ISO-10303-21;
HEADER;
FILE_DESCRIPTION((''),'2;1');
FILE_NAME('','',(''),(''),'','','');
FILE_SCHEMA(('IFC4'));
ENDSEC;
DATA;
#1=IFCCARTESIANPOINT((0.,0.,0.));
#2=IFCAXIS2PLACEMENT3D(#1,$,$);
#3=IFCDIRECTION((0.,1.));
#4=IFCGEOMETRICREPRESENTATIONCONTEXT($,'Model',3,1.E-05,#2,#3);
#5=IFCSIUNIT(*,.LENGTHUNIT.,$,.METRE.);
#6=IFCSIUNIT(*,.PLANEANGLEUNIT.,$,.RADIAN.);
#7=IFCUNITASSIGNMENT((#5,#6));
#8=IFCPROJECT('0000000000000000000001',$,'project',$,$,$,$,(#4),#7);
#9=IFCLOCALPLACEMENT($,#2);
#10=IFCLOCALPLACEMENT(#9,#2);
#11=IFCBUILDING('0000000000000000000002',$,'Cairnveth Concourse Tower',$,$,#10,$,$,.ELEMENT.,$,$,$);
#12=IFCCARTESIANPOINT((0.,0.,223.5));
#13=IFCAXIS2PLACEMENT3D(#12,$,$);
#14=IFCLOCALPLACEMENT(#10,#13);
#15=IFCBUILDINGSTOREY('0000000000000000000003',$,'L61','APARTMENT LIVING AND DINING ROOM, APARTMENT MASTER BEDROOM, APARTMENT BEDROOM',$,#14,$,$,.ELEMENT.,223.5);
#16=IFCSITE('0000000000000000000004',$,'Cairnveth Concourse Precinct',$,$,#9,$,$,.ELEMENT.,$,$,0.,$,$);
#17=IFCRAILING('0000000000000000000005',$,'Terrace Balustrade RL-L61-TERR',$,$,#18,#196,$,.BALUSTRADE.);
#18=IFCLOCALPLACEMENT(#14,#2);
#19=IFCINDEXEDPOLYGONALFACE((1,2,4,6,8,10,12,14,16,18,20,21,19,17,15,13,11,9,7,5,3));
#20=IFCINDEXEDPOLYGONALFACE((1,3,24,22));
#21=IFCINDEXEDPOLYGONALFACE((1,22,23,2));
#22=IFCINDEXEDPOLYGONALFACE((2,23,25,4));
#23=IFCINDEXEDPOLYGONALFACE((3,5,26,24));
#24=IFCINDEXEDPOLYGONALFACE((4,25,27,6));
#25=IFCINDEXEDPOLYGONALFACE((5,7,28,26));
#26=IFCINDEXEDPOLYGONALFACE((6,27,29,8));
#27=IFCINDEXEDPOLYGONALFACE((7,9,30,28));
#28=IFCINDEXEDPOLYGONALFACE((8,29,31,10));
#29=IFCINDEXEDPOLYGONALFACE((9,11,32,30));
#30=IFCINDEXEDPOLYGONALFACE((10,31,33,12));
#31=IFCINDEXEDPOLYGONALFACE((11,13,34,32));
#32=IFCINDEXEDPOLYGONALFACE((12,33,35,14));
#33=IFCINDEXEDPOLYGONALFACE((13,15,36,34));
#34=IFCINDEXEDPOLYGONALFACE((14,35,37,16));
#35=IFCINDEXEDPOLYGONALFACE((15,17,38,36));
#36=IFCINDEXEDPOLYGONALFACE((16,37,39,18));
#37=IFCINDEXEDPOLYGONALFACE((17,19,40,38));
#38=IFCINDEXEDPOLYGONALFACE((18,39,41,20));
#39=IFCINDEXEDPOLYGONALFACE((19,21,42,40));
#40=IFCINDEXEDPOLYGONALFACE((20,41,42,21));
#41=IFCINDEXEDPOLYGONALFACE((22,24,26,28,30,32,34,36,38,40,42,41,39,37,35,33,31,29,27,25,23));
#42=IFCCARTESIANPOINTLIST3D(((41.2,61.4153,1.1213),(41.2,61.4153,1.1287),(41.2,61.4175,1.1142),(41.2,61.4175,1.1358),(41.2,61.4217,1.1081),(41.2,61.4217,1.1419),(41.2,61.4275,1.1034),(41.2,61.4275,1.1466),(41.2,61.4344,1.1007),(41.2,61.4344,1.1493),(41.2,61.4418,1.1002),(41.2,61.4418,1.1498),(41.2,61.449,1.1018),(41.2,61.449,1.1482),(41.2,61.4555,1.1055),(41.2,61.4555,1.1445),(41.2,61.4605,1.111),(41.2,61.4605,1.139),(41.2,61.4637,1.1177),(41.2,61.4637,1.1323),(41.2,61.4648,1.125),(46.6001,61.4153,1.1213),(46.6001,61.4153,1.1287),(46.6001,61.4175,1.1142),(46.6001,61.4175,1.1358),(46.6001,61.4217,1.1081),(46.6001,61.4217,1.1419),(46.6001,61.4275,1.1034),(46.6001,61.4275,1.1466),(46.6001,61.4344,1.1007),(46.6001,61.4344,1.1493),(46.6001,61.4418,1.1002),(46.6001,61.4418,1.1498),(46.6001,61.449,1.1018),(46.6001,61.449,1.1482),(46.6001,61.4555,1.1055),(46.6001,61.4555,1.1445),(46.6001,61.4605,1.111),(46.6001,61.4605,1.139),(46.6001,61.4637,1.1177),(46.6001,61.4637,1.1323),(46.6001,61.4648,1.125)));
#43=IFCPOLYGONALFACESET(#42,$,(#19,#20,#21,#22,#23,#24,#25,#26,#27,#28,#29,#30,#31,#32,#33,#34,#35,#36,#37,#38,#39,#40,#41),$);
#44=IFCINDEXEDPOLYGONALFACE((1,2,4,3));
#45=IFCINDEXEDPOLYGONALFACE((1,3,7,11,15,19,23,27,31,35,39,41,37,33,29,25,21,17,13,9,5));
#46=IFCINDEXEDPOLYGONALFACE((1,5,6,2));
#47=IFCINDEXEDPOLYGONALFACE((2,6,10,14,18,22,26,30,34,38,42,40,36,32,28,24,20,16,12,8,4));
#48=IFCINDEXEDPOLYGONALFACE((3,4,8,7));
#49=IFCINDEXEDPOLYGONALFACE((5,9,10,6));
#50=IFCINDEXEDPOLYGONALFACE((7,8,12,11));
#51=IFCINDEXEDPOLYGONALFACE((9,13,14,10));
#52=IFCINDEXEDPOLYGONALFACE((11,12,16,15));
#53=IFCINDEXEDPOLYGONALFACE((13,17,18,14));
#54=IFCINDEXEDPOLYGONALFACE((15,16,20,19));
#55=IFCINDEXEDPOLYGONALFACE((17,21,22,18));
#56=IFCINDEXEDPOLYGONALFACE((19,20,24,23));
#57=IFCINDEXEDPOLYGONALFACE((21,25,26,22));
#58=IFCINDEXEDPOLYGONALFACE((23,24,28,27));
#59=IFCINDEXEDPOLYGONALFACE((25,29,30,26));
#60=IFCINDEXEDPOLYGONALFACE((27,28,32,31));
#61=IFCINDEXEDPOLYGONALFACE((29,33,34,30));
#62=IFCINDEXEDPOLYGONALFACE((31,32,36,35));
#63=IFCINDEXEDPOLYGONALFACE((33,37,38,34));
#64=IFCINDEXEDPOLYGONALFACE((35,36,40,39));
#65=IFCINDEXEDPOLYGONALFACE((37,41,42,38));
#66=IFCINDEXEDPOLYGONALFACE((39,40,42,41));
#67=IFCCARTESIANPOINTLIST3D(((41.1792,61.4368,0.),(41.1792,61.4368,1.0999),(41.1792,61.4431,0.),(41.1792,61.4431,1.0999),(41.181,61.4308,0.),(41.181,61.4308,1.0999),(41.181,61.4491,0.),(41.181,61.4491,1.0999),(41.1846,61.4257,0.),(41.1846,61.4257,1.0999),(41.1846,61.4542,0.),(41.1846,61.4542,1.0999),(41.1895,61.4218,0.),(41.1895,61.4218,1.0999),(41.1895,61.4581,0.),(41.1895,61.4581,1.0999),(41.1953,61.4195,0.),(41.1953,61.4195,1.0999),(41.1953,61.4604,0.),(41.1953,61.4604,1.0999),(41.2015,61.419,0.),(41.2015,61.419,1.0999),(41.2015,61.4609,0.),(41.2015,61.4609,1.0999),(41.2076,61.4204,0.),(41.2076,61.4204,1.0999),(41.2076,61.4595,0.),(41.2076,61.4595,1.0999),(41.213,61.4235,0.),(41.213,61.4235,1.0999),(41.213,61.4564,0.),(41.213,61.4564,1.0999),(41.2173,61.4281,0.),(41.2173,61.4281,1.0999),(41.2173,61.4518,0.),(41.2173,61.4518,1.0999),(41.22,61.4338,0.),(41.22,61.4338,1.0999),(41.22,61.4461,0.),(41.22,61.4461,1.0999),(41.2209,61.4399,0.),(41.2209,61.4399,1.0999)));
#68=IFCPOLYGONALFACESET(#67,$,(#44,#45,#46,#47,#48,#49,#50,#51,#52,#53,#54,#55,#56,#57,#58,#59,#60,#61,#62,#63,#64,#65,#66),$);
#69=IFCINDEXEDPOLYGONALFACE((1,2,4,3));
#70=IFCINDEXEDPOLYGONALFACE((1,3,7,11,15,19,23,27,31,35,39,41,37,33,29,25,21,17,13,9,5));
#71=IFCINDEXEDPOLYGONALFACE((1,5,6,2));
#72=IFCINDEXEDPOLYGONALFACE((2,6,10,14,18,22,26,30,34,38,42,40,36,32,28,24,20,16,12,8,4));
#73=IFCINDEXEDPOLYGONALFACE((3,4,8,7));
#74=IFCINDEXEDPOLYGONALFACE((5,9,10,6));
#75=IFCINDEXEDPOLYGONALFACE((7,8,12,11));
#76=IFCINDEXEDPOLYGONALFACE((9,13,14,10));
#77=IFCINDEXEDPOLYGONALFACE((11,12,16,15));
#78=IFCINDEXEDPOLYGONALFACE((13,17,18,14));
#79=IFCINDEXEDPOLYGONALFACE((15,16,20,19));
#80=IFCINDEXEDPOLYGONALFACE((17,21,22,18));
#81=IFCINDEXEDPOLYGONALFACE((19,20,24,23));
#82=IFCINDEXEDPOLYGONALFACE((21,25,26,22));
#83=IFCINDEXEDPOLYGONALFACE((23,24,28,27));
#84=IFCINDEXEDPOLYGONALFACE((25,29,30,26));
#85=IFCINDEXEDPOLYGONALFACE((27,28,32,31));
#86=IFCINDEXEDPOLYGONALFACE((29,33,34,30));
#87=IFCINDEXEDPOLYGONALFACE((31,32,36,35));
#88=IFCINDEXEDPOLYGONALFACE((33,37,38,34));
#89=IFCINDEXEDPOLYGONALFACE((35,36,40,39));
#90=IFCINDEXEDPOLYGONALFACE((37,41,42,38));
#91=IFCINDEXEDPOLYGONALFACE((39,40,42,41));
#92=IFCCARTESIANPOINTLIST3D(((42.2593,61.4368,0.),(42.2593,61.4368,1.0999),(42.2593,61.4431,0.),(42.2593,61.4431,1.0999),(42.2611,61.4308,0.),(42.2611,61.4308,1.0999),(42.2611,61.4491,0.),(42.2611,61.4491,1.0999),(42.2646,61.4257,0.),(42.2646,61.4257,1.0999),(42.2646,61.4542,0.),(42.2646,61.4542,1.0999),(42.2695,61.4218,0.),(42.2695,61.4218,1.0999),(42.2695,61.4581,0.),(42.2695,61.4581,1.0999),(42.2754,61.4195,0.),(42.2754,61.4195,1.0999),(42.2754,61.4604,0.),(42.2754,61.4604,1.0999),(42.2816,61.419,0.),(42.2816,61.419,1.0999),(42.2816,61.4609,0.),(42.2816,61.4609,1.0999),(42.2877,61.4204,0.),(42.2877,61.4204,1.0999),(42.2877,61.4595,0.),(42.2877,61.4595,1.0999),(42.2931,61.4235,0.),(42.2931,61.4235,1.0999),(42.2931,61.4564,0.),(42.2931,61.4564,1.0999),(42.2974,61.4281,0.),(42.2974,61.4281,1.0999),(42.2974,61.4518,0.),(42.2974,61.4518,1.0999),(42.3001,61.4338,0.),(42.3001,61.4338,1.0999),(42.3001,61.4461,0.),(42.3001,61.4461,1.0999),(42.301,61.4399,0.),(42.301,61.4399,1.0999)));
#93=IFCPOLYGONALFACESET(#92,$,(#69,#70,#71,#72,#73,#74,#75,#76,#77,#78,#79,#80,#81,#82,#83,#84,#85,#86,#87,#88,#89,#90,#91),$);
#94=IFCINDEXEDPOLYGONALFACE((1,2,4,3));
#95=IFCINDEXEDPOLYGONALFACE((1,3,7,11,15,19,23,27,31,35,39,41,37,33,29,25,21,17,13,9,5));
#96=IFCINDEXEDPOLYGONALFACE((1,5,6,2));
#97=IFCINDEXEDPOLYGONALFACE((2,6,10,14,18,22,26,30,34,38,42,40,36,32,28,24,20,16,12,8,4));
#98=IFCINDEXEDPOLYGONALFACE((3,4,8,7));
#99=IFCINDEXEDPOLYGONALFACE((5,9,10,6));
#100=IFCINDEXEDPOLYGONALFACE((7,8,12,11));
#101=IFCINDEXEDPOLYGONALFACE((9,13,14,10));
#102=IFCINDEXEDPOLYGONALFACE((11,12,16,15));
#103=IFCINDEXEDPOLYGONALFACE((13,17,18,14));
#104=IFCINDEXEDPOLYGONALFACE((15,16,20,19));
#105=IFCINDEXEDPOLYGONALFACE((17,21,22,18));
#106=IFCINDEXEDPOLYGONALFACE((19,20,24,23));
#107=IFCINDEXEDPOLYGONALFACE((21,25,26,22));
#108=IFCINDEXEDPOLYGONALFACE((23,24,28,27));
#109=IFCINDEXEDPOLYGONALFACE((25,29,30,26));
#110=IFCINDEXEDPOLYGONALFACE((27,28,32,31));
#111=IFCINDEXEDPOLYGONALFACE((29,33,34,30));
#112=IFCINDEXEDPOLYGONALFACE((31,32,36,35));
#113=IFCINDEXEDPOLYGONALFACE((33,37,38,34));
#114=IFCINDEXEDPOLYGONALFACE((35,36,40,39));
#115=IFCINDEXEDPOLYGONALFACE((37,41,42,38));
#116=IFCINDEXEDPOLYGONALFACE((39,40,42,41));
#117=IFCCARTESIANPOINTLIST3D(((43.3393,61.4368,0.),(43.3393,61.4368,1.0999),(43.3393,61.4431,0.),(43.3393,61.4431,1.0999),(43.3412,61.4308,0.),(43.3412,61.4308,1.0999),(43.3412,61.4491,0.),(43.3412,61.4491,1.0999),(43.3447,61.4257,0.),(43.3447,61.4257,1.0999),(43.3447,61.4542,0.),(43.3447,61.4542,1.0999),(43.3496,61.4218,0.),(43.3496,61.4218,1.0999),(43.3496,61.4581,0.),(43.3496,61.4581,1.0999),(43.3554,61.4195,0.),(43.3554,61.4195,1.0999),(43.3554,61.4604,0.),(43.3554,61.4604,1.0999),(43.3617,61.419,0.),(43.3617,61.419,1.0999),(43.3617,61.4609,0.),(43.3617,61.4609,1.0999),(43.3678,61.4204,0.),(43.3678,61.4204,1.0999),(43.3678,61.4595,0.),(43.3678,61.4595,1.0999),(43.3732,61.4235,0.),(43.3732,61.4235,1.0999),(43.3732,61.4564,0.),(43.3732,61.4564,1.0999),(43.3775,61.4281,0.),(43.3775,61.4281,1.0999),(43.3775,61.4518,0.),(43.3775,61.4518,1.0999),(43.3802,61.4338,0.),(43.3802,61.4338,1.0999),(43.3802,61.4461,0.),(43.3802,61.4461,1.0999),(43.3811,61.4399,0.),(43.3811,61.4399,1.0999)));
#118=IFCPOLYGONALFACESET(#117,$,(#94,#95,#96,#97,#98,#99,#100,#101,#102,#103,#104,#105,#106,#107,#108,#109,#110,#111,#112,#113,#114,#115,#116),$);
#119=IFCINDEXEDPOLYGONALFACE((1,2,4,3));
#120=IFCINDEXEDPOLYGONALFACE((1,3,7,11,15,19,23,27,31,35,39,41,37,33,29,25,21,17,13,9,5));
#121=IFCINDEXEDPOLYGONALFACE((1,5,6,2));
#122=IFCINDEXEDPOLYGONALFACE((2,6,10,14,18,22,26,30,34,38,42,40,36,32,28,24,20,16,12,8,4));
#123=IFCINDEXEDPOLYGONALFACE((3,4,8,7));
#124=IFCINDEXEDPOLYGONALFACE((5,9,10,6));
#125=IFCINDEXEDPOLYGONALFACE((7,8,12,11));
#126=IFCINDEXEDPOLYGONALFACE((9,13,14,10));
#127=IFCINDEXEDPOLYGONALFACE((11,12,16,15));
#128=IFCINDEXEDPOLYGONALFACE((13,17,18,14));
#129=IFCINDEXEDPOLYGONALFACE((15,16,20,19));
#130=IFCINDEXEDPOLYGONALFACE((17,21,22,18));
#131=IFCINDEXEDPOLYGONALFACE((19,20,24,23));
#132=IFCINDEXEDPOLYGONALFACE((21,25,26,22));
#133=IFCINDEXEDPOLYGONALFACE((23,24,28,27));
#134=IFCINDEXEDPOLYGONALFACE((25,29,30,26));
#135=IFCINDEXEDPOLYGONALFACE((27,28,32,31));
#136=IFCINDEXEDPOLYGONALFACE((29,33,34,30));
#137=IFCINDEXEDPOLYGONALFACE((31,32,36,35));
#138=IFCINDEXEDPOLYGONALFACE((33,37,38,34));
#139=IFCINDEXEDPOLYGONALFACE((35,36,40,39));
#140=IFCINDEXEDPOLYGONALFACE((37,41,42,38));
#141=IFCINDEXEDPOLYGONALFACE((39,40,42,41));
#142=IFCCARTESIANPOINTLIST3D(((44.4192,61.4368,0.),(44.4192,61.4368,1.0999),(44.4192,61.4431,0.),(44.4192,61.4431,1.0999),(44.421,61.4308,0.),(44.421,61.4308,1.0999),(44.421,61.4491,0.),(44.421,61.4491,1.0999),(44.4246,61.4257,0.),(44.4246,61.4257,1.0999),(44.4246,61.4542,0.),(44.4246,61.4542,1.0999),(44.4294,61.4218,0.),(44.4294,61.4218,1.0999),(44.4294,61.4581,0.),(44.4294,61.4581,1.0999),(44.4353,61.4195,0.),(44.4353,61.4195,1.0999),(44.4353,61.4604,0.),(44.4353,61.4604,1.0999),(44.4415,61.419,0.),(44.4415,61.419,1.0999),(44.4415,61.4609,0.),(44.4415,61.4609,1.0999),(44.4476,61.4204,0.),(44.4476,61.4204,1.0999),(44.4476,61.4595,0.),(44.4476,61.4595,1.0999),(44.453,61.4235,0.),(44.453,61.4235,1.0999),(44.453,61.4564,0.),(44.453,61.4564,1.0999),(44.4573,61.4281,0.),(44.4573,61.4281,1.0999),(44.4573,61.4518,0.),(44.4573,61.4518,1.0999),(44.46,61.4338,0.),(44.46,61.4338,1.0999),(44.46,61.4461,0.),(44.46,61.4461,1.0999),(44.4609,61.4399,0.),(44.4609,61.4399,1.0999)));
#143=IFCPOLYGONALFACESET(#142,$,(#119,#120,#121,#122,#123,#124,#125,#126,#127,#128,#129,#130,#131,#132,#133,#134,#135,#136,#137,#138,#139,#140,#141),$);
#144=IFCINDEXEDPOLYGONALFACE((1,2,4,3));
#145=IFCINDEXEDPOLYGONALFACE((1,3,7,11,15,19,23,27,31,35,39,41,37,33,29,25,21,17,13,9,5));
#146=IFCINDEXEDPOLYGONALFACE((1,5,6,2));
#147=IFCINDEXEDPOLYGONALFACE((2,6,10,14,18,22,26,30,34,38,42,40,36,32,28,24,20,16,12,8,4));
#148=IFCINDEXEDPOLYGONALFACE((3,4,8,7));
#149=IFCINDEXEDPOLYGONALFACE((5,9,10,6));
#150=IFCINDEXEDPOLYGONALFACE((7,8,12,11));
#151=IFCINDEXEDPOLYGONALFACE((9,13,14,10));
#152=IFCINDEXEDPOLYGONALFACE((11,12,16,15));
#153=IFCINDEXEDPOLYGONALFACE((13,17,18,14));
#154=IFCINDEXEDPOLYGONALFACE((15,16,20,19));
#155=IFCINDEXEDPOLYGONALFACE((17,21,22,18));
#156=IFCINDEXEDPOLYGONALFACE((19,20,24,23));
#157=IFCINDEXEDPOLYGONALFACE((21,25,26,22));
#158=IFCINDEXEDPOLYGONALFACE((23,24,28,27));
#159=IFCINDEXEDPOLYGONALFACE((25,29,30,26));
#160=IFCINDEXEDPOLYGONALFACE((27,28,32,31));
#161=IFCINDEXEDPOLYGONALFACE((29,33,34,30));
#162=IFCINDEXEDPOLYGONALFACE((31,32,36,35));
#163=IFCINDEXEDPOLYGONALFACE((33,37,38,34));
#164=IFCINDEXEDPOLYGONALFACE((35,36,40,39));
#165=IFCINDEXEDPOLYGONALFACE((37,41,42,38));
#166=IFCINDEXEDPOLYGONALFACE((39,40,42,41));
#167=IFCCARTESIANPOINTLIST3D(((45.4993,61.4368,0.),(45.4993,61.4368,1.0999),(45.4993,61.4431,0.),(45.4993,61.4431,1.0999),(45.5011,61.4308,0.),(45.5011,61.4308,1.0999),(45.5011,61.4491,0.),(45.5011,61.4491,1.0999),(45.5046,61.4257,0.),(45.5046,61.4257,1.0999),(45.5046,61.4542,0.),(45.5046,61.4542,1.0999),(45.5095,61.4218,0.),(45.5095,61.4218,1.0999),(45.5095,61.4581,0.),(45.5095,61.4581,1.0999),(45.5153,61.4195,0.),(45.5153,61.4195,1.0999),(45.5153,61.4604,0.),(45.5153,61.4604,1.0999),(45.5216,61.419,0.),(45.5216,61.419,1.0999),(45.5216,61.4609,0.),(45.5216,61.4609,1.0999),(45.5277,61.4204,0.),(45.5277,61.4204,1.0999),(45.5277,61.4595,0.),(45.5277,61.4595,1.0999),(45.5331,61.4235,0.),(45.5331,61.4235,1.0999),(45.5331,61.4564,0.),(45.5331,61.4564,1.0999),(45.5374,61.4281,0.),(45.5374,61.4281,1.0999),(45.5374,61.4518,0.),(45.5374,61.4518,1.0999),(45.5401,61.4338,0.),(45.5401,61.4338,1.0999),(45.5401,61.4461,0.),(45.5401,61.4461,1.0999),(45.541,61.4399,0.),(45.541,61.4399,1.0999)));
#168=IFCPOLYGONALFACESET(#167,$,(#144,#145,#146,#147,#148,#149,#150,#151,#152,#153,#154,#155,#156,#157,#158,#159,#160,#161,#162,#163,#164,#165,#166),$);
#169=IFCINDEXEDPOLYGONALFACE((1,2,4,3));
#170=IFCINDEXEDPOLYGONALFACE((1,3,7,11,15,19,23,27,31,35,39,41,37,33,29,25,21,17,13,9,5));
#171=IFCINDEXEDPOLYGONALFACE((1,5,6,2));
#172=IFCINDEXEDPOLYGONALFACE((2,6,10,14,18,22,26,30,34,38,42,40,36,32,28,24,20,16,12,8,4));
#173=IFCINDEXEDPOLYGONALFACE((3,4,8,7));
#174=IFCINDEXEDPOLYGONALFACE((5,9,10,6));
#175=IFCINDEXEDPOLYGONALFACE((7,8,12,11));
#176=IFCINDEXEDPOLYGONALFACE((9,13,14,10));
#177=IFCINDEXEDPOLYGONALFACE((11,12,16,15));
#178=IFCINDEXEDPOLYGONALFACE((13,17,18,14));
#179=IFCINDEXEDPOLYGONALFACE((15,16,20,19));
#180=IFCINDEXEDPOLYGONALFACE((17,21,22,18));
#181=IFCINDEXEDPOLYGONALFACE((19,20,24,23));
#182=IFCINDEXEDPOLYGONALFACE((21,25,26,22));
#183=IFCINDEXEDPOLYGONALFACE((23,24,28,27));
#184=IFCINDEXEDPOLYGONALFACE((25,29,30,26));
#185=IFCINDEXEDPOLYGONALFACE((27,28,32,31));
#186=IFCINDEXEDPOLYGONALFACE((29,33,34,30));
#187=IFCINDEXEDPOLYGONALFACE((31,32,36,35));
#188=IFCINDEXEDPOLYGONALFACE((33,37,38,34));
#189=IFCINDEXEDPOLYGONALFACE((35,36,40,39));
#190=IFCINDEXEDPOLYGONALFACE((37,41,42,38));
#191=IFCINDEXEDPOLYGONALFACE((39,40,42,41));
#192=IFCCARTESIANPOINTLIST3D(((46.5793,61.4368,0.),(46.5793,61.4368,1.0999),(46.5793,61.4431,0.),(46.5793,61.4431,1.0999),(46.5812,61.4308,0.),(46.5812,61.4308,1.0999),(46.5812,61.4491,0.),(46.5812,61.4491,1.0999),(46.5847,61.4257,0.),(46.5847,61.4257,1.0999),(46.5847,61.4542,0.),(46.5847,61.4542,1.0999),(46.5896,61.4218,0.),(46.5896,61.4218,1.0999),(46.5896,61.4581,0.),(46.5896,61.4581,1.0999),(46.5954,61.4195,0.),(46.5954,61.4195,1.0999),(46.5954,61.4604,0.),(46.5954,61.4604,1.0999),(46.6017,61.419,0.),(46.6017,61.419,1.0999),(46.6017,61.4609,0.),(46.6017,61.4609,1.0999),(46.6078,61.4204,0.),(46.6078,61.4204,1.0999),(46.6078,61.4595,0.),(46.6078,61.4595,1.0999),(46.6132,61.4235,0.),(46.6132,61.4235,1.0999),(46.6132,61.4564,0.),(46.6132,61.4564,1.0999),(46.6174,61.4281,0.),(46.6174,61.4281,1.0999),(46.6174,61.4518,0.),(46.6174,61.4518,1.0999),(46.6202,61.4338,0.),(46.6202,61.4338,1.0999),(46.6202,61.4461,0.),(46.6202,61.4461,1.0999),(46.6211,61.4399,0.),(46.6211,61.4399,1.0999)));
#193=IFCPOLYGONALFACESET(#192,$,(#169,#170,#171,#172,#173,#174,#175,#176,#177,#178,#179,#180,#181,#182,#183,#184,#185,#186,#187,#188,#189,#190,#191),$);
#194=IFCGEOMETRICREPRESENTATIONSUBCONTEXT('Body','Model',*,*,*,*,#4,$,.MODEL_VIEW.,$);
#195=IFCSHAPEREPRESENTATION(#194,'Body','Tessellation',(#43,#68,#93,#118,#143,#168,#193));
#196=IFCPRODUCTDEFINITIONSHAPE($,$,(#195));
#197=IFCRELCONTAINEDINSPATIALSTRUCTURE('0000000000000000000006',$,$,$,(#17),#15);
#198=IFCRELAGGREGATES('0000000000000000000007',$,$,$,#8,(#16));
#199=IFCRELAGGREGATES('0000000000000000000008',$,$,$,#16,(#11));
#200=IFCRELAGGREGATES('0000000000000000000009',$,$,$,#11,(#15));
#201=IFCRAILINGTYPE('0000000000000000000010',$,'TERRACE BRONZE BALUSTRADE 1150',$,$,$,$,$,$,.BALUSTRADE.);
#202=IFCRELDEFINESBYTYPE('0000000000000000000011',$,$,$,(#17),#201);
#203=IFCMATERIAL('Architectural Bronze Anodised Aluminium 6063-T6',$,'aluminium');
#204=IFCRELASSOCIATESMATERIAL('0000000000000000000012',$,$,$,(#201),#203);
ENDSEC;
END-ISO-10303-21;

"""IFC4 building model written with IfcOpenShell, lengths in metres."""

from ifc_helpers import new_model, si_unit, direction, frame, origin, origin_2d, place, context, subcontext, project, spatial, circle, extrude, material, type_object, element, save


model = new_model("IFC4")

# Units and contexts
model_context = context("Model", 3, precision=1e-05, world=origin(), true_north=direction((0.0, 1.0)))
body_context = subcontext(model_context, "Body", "Model", "MODEL_VIEW")
ifc_project = project(units=[si_unit("LENGTHUNIT", "METRE"), si_unit("PLANEANGLEUNIT", "RADIAN")], contexts=[model_context])

# Site, building, storey
site_placement = place(None, origin())
site = spatial("IfcSite", under=ifc_project, at=site_placement, Name="Cairnveth Concourse Precinct", CompositionType="ELEMENT", RefElevation=0.0)
building_placement = place(site_placement, origin())
building = spatial("IfcBuilding", under=site, at=building_placement, Name="Cairnveth Concourse Tower", CompositionType="ELEMENT")
storey_placement = place(building_placement, frame((0.0, 0.0, 223.5)))
storey = spatial("IfcBuildingStorey", under=building, at=storey_placement, Name="L61", Description="APARTMENT LIVING AND DINING ROOM, APARTMENT MASTER BEDROOM, APARTMENT BEDROOM", CompositionType="ELEMENT", Elevation=223.5)

# Shared definitions
ifc_material_1 = material(Name="Architectural Bronze Anodised Aluminium 6063-T6", Category="aluminium")

# Railing
railing_type = type_object("IfcRailingType", Name="TERRACE BRONZE BALUSTRADE 1150", PredefinedType="BALUSTRADE", material=ifc_material_1)
railing_placement = place(storey_placement, frame((41.2, 61.4399, 0.0)))
element("IfcRailing", 1, at=railing_placement, inside=storey, type_object=railing_type, Name="Terrace Balustrade RL-L61-TERR", PredefinedType="BALUSTRADE", context=body_context, shape_type="SweptSolid", body=[
    extrude(circle(Radius=0.0249, at=origin_2d()), frame((0.0, 0.0, 1.125), z_axis=(1.0, 0.0, 0.0), x_axis=(0.0, 1.0, 0.0)), (0.0, 0.0, 1.0), 5.4001),
    extrude(circle(Radius=0.021, at=origin_2d()), origin(), (0.0, 0.0, 1.0), 1.0999),
    extrude(circle(Radius=0.021, at=origin_2d()), frame((1.0801, 0.0, 0.0)), (0.0, 0.0, 1.0), 1.0999),
    extrude(circle(Radius=0.021, at=origin_2d()), frame((2.1602, 0.0, 0.0)), (0.0, 0.0, 1.0), 1.0999),
    extrude(circle(Radius=0.021, at=origin_2d()), frame((3.24, 0.0, 0.0)), (0.0, 0.0, 1.0), 1.0999),
    extrude(circle(Radius=0.021, at=origin_2d()), frame((4.3201, 0.0, 0.0)), (0.0, 0.0, 1.0), 1.0999),
    extrude(circle(Radius=0.021, at=origin_2d()), frame((5.4001, 0.0, 0.0)), (0.0, 0.0, 1.0), 1.0999),
])

save(model, "model.ifc")
